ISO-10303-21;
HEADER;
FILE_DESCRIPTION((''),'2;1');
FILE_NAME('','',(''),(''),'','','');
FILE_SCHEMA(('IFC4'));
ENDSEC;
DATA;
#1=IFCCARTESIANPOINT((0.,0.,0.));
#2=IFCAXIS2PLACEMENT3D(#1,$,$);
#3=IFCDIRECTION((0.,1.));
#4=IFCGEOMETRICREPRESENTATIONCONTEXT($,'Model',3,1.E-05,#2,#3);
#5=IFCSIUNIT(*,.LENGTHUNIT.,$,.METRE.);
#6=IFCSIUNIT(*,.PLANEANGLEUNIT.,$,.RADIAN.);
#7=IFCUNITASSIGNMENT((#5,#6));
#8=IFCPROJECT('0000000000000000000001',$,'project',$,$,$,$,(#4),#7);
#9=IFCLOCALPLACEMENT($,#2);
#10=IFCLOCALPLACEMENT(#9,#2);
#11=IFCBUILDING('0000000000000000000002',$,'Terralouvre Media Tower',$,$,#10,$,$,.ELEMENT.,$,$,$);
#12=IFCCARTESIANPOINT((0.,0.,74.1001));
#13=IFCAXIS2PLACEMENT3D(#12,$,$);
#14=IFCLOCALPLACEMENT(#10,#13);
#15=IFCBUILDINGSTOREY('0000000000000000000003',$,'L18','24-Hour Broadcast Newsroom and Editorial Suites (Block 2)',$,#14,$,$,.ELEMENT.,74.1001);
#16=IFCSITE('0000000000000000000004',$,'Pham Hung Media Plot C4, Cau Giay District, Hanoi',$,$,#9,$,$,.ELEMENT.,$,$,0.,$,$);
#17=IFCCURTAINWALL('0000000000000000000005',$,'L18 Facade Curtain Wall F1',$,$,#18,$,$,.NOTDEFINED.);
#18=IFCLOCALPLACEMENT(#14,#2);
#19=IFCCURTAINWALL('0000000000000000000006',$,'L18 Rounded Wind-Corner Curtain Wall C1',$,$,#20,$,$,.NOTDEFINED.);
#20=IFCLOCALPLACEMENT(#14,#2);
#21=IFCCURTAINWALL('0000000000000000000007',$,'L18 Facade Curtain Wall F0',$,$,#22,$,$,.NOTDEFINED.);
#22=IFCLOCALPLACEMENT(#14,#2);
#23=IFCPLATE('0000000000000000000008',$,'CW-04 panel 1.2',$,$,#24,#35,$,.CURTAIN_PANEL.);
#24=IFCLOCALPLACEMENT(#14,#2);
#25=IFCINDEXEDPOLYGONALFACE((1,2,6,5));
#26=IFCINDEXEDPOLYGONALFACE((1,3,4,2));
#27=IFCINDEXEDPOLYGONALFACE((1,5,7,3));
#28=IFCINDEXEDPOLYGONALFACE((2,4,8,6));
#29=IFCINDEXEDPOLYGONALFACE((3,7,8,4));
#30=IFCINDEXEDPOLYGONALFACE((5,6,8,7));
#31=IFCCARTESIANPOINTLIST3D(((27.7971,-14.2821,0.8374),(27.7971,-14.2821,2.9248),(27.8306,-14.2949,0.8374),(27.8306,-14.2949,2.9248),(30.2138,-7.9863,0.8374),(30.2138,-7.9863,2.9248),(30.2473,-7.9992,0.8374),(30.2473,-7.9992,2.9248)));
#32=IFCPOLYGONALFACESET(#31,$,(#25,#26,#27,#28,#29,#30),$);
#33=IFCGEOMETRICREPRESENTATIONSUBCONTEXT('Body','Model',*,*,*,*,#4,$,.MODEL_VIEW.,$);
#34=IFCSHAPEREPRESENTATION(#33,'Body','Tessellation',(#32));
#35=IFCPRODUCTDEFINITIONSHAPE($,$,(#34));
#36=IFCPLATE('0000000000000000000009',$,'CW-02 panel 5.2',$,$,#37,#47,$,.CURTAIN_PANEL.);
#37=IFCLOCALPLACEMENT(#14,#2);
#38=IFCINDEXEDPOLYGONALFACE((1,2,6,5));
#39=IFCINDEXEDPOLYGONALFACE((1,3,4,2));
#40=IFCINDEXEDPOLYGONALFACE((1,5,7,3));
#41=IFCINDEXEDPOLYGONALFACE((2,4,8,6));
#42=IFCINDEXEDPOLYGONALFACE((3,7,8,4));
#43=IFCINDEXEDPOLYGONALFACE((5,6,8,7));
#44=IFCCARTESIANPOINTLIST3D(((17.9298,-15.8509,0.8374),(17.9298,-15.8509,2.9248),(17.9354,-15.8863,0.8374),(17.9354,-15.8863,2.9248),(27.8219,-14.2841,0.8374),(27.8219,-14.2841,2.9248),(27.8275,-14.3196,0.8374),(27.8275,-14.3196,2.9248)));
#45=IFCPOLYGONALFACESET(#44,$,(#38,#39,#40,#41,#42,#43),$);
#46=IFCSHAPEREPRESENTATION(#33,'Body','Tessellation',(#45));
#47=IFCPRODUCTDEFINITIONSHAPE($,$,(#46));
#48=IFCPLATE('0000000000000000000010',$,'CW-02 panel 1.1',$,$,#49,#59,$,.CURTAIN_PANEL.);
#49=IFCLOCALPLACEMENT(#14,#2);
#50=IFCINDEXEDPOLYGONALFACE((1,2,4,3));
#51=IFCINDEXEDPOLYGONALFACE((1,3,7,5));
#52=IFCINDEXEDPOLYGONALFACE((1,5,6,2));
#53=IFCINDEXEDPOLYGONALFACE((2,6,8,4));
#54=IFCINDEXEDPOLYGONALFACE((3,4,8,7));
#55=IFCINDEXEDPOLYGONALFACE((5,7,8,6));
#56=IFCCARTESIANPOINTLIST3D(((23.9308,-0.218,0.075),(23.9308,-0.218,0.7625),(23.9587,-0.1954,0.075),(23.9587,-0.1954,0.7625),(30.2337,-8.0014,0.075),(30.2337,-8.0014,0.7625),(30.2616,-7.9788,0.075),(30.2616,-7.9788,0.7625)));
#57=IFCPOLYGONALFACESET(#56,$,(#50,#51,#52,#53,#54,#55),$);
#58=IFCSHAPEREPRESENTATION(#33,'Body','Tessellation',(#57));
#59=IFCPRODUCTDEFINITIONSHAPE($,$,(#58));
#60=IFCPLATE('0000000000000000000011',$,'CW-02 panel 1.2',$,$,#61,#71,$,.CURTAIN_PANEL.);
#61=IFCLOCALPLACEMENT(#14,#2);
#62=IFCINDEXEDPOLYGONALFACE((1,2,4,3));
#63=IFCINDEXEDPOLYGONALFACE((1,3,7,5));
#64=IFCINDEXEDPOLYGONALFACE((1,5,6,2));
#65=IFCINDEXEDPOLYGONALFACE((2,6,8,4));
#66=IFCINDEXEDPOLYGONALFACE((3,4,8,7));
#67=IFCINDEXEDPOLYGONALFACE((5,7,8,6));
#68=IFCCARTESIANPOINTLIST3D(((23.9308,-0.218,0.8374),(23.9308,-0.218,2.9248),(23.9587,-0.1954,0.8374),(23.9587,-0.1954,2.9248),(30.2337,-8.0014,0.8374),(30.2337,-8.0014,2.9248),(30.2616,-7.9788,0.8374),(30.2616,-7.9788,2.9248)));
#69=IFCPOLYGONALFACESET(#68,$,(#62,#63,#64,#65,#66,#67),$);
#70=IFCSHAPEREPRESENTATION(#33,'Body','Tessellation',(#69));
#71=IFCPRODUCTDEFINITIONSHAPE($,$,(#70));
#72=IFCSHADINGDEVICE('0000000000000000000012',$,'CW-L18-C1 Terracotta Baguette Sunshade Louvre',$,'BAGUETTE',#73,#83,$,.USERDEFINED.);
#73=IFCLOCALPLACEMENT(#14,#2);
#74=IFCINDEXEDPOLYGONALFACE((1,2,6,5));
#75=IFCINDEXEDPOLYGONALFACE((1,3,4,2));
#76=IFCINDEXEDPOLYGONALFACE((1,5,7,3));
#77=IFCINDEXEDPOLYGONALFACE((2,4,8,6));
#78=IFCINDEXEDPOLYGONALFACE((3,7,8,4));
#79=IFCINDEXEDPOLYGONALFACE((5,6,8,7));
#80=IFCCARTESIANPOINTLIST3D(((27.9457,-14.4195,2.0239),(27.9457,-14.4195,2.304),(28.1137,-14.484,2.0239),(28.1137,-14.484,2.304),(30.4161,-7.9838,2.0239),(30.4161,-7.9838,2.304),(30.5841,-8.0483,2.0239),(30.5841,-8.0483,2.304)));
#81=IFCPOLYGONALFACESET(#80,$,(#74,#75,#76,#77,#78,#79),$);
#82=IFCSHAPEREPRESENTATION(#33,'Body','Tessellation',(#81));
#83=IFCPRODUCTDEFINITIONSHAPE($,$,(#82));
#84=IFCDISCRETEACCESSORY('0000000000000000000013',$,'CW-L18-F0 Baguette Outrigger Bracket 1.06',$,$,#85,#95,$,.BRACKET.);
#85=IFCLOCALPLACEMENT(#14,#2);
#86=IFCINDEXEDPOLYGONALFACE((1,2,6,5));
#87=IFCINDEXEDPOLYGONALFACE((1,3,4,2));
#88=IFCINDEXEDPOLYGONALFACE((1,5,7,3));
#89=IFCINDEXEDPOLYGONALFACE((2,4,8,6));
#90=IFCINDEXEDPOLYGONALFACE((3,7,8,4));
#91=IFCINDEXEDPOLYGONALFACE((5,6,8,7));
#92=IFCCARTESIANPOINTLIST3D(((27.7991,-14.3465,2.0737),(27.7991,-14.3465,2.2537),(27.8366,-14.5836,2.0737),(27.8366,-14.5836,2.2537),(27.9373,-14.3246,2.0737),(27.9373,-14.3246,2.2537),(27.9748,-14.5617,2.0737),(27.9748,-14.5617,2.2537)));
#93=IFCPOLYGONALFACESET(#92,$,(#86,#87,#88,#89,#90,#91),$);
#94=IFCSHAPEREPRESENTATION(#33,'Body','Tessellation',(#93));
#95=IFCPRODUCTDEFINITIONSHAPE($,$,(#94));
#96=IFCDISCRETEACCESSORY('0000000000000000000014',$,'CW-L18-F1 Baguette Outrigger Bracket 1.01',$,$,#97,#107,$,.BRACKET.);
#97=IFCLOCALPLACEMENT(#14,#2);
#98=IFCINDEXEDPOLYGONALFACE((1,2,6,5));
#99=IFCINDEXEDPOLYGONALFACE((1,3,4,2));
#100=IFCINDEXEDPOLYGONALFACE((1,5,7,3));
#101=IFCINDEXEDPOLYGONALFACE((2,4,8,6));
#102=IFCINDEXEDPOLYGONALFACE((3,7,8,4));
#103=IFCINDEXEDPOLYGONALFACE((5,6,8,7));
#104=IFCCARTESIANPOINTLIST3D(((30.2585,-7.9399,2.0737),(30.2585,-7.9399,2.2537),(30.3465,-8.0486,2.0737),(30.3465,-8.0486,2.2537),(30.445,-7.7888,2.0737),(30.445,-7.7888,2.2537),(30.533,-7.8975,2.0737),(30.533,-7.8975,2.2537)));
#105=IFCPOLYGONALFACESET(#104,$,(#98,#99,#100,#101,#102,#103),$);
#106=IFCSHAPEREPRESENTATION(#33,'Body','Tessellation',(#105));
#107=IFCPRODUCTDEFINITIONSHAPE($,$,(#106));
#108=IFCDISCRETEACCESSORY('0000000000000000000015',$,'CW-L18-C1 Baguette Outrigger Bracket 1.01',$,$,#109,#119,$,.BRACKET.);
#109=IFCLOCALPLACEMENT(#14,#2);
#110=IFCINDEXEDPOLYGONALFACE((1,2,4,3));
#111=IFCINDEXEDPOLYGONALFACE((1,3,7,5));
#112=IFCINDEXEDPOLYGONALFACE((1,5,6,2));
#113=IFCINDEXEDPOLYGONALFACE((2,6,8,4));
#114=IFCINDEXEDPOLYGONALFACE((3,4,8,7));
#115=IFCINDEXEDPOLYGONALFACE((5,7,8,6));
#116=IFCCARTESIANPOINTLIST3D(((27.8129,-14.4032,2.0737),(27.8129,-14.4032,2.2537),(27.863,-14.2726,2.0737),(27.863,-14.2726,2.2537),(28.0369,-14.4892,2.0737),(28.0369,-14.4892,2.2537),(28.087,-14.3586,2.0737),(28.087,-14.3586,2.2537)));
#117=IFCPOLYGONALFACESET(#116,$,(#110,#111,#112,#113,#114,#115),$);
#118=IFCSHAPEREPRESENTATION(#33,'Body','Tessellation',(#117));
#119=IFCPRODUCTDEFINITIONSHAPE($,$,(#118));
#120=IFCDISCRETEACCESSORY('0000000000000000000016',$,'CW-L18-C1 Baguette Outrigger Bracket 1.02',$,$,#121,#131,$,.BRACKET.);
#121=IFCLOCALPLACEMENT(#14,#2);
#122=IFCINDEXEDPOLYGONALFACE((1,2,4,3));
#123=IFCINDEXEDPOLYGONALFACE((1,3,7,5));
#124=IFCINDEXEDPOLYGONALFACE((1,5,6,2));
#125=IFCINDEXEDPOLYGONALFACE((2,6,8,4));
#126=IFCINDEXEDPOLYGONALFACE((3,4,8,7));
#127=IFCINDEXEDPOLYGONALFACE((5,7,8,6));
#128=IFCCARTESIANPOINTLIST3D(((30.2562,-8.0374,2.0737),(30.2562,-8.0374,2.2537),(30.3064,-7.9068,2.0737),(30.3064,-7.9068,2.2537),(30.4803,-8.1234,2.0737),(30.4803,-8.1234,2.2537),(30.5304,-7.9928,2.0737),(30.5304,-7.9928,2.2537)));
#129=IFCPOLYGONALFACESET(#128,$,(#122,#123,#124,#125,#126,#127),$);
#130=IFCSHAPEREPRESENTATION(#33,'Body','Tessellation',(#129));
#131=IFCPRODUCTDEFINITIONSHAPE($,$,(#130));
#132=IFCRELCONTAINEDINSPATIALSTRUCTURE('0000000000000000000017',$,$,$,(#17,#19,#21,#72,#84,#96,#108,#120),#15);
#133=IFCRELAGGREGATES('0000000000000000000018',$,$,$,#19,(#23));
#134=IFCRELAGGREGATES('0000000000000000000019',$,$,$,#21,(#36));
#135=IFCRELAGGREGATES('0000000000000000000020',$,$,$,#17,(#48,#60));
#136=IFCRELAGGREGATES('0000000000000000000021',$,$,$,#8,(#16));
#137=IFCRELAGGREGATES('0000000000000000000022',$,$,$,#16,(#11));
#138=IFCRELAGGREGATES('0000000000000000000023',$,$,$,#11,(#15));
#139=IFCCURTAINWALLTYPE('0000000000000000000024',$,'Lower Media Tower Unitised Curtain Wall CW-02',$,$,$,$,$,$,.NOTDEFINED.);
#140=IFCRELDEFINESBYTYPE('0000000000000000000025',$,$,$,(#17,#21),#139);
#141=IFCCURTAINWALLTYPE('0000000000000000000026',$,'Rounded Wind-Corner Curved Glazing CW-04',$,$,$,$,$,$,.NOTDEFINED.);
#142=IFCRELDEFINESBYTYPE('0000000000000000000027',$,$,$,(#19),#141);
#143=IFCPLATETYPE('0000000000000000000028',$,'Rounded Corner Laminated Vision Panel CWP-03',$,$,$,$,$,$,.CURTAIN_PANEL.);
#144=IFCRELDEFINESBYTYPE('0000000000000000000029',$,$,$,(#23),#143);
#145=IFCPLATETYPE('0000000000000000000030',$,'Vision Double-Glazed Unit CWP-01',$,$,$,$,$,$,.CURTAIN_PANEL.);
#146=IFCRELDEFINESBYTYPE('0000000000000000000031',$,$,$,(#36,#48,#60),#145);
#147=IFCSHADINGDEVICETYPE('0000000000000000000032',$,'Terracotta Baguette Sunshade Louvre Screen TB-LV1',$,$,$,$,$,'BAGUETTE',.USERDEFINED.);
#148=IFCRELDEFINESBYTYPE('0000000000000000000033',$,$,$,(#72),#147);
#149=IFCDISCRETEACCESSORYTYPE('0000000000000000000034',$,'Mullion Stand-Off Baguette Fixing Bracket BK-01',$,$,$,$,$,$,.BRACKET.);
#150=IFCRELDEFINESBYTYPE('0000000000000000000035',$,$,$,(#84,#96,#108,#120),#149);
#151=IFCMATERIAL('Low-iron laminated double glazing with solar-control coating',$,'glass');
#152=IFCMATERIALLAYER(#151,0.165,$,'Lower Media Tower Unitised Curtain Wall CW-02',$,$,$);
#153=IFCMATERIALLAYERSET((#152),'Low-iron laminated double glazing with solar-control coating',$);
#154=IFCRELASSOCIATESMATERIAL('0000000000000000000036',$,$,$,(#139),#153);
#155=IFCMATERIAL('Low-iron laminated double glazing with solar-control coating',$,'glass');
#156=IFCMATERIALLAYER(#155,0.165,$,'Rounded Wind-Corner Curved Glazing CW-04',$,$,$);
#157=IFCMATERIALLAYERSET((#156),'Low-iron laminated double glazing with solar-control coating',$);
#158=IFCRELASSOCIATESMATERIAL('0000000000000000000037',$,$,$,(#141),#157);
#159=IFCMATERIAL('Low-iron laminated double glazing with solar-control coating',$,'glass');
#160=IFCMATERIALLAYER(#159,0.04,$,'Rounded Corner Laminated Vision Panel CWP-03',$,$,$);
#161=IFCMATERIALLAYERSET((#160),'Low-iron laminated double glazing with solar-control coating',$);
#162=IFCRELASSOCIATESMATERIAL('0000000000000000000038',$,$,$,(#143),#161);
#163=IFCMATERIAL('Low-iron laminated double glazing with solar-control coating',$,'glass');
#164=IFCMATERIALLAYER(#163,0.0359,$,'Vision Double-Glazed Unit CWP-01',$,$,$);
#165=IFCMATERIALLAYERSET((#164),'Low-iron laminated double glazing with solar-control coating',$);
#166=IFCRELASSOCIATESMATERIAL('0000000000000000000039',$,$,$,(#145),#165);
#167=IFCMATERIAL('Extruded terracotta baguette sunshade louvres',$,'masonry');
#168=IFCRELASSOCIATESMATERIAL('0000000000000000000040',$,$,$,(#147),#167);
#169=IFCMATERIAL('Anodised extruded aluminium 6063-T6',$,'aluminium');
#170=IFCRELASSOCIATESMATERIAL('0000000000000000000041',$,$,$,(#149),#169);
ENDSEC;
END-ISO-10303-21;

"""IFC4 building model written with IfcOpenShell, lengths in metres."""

from ifc_helpers import new_model, si_unit, direction, frame, origin, origin_2d, place, context, subcontext, project, spatial, rectangle, extrude, material, layer, layer_set, type_object, element, aggregate, save


model = new_model("IFC4")

# Units and contexts
model_context = context("Model", 3, precision=1e-05, world=origin(), true_north=direction((0.0, 1.0)))
body_context = subcontext(model_context, "Body", "Model", "MODEL_VIEW")
ifc_project = project(units=[si_unit("LENGTHUNIT", "METRE"), si_unit("PLANEANGLEUNIT", "RADIAN")], contexts=[model_context])

# Site, building, storey
site_placement = place(None, origin())
site = spatial("IfcSite", under=ifc_project, at=site_placement, Name="Pham Hung Media Plot C4, Cau Giay District, Hanoi", CompositionType="ELEMENT", RefElevation=0.0)
building_placement = place(site_placement, origin())
building = spatial("IfcBuilding", under=site, at=building_placement, Name="Terralouvre Media Tower", CompositionType="ELEMENT")
storey_placement = place(building_placement, frame((0.0, 0.0, 74.1001)))
storey = spatial("IfcBuildingStorey", under=building, at=storey_placement, Name="L18", Description="24-Hour Broadcast Newsroom and Editorial Suites (Block 2)", CompositionType="ELEMENT", Elevation=74.1001)

# Curtain walls
ifc_material_1 = material(Name="Low-iron laminated double glazing with solar-control coating", Category="glass")
ifc_layer_1 = layer(ifc_material_1, 0.165, Name="Lower Media Tower Unitised Curtain Wall CW-02")
ifc_layer_set_1 = layer_set([ifc_layer_1], Name="Low-iron laminated double glazing with solar-control coating")
curtain_wall_type_1 = type_object("IfcCurtainWallType", Name="Lower Media Tower Unitised Curtain Wall CW-02", PredefinedType="NOTDEFINED", material=ifc_layer_set_1)
curtain_wall_1_placement = place(storey_placement, origin())
curtain_wall_1 = element("IfcCurtainWall", 1, at=curtain_wall_1_placement, inside=storey, type_object=curtain_wall_type_1, Name="L18 Facade Curtain Wall F1", PredefinedType="NOTDEFINED")
ifc_material_2 = material(Name="Low-iron laminated double glazing with solar-control coating", Category="glass")
ifc_layer_2 = layer(ifc_material_2, 0.165, Name="Rounded Wind-Corner Curved Glazing CW-04")
ifc_layer_set_2 = layer_set([ifc_layer_2], Name="Low-iron laminated double glazing with solar-control coating")
curtain_wall_type_2 = type_object("IfcCurtainWallType", Name="Rounded Wind-Corner Curved Glazing CW-04", PredefinedType="NOTDEFINED", material=ifc_layer_set_2)
curtain_wall_2_placement = place(storey_placement, origin())
curtain_wall_2 = element("IfcCurtainWall", 2, at=curtain_wall_2_placement, inside=storey, type_object=curtain_wall_type_2, Name="L18 Rounded Wind-Corner Curtain Wall C1", PredefinedType="NOTDEFINED")

# Curtain wall
curtain_wall_3_placement = place(storey_placement, origin())
curtain_wall_3 = element("IfcCurtainWall", 3, at=curtain_wall_3_placement, inside=storey, type_object=curtain_wall_type_1, Name="L18 Facade Curtain Wall F0", PredefinedType="NOTDEFINED")

# Plates
ifc_material_3 = material(Name="Low-iron laminated double glazing with solar-control coating", Category="glass")
ifc_layer_3 = layer(ifc_material_3, 0.04, Name="Rounded Corner Laminated Vision Panel CWP-03")
ifc_layer_set_3 = layer_set([ifc_layer_3], Name="Low-iron laminated double glazing with solar-control coating")
plate_type_1 = type_object("IfcPlateType", Name="Rounded Corner Laminated Vision Panel CWP-03", PredefinedType="CURTAIN_PANEL", material=ifc_layer_set_3)
plate_1_placement = place(storey_placement, frame((29.0222, -11.1406, 0.8374), z_axis=(0.0, 0.0, 1.0), x_axis=(0.358367, 0.933581, 0.0)))
plate_1 = element("IfcPlate", 4, at=plate_1_placement, type_object=plate_type_1, Name="CW-04 panel 1.2", PredefinedType="CURTAIN_PANEL", context=body_context, shape_type="SweptSolid", body=[
    extrude(rectangle(XDim=6.7437, YDim=0.0359, at=origin_2d()), origin(), (0.0, 0.0, 1.0), 2.0874),
])
aggregate(curtain_wall_2, [plate_1])
ifc_material_4 = material(Name="Low-iron laminated double glazing with solar-control coating", Category="glass")
ifc_layer_4 = layer(ifc_material_4, 0.0359, Name="Vision Double-Glazed Unit CWP-01")
ifc_layer_set_4 = layer_set([ifc_layer_4], Name="Low-iron laminated double glazing with solar-control coating")
plate_type_2 = type_object("IfcPlateType", Name="Vision Double-Glazed Unit CWP-01", PredefinedType="CURTAIN_PANEL", material=ifc_layer_set_4)
plate_2_placement = place(storey_placement, frame((22.8787, -15.0852, 0.8374), z_axis=(0.0, 0.0, 1.0), x_axis=(0.987688, 0.156434, 0.0)))
plate_2 = element("IfcPlate", 5, at=plate_2_placement, type_object=plate_type_2, Name="CW-02 panel 5.2", PredefinedType="CURTAIN_PANEL", context=body_context, shape_type="SweptSolid", body=[
    extrude(rectangle(XDim=10.0154, YDim=0.0359, at=origin_2d()), origin(), (0.0, 0.0, 1.0), 2.0874),
])
aggregate(curtain_wall_3, [plate_2])
plate_3_placement = place(storey_placement, frame((27.0962, -4.0984, 0.075), z_axis=(0.0, 0.0, 1.0), x_axis=(-0.62932, 0.777146, 0.0)))
plate_3 = element("IfcPlate", 6, at=plate_3_placement, type_object=plate_type_2, Name="CW-02 panel 1.1", PredefinedType="CURTAIN_PANEL", context=body_context, shape_type="SweptSolid", body=[
    extrude(rectangle(XDim=10.0154, YDim=0.0359, at=origin_2d()), origin(), (0.0, 0.0, 1.0), 0.6875),
])
plate_4_placement = place(storey_placement, frame((27.0962, -4.0984, 0.8374), z_axis=(0.0, 0.0, 1.0), x_axis=(-0.62932, 0.777146, 0.0)))
plate_4 = element("IfcPlate", 7, at=plate_4_placement, type_object=plate_type_2, Name="CW-02 panel 1.2", PredefinedType="CURTAIN_PANEL", context=body_context, shape_type="SweptSolid", body=[
    extrude(rectangle(XDim=10.0154, YDim=0.0359, at=origin_2d()), origin(), (0.0, 0.0, 1.0), 2.0874),
])
aggregate(curtain_wall_1, [plate_3, plate_4])

# Shading device
ifc_material_5 = material(Name="Extruded terracotta baguette sunshade louvres", Category="masonry")
shading_device_type = type_object("IfcShadingDeviceType", Name="Terracotta Baguette Sunshade Louvre Screen TB-LV1", ElementType="BAGUETTE", PredefinedType="USERDEFINED", material=ifc_material_5)
shading_device_placement = place(storey_placement, frame((29.2649, -11.2339, 2.0239), z_axis=(0.0, 0.0, 1.0), x_axis=(0.358367, 0.933581, 0.0)))
element("IfcShadingDevice", 8, at=shading_device_placement, inside=storey, type_object=shading_device_type, Name="CW-L18-C1 Terracotta Baguette Sunshade Louvre", ObjectType="BAGUETTE", PredefinedType="USERDEFINED", context=body_context, shape_type="SweptSolid", body=[
    extrude(rectangle(XDim=6.8936, YDim=0.1799, at=origin_2d()), origin(), (0.0, 0.0, 1.0), 0.28),
])

# Discrete accessories
ifc_material_6 = material(Name="Anodised extruded aluminium 6063-T6", Category="aluminium")
discrete_accessory_type = type_object("IfcDiscreteAccessoryType", Name="Mullion Stand-Off Baguette Fixing Bracket BK-01", PredefinedType="BRACKET", material=ifc_material_6)
for number, where, z_axis, x_axis, name in (
    (9, (27.887, -14.4541, 2.0737), (0.0, 0.0, 1.0), (0.987688, 0.156434, 0.0), "CW-L18-F0 Baguette Outrigger Bracket 1.06"),
    (10, (30.3958, -7.9187, 2.0737), (0.0, 0.0, 1.0), (-0.62932, 0.777146, 0.0), "CW-L18-F1 Baguette Outrigger Bracket 1.01"),
    (11, (27.95, -14.3809, 2.0737), (0.0, 0.0, 1.0), (0.358367, 0.933581, 0.0), "CW-L18-C1 Baguette Outrigger Bracket 1.01"),
    (12, (30.3933, -8.0151, 2.0737), (0.0, 0.0, 1.0), (0.358367, 0.933581, 0.0), "CW-L18-C1 Baguette Outrigger Bracket 1.02"),
):
    element("IfcDiscreteAccessory", number, at=place(storey_placement, frame(where, z_axis=z_axis, x_axis=x_axis)), inside=storey, type_object=discrete_accessory_type, Name=name, PredefinedType="BRACKET", context=body_context, shape_type="SweptSolid", body=[
        extrude(rectangle(XDim=0.1399, YDim=0.24, at=origin_2d()), origin(), (0.0, 0.0, 1.0), 0.1799),
    ])

save(model, "model.ifc")
